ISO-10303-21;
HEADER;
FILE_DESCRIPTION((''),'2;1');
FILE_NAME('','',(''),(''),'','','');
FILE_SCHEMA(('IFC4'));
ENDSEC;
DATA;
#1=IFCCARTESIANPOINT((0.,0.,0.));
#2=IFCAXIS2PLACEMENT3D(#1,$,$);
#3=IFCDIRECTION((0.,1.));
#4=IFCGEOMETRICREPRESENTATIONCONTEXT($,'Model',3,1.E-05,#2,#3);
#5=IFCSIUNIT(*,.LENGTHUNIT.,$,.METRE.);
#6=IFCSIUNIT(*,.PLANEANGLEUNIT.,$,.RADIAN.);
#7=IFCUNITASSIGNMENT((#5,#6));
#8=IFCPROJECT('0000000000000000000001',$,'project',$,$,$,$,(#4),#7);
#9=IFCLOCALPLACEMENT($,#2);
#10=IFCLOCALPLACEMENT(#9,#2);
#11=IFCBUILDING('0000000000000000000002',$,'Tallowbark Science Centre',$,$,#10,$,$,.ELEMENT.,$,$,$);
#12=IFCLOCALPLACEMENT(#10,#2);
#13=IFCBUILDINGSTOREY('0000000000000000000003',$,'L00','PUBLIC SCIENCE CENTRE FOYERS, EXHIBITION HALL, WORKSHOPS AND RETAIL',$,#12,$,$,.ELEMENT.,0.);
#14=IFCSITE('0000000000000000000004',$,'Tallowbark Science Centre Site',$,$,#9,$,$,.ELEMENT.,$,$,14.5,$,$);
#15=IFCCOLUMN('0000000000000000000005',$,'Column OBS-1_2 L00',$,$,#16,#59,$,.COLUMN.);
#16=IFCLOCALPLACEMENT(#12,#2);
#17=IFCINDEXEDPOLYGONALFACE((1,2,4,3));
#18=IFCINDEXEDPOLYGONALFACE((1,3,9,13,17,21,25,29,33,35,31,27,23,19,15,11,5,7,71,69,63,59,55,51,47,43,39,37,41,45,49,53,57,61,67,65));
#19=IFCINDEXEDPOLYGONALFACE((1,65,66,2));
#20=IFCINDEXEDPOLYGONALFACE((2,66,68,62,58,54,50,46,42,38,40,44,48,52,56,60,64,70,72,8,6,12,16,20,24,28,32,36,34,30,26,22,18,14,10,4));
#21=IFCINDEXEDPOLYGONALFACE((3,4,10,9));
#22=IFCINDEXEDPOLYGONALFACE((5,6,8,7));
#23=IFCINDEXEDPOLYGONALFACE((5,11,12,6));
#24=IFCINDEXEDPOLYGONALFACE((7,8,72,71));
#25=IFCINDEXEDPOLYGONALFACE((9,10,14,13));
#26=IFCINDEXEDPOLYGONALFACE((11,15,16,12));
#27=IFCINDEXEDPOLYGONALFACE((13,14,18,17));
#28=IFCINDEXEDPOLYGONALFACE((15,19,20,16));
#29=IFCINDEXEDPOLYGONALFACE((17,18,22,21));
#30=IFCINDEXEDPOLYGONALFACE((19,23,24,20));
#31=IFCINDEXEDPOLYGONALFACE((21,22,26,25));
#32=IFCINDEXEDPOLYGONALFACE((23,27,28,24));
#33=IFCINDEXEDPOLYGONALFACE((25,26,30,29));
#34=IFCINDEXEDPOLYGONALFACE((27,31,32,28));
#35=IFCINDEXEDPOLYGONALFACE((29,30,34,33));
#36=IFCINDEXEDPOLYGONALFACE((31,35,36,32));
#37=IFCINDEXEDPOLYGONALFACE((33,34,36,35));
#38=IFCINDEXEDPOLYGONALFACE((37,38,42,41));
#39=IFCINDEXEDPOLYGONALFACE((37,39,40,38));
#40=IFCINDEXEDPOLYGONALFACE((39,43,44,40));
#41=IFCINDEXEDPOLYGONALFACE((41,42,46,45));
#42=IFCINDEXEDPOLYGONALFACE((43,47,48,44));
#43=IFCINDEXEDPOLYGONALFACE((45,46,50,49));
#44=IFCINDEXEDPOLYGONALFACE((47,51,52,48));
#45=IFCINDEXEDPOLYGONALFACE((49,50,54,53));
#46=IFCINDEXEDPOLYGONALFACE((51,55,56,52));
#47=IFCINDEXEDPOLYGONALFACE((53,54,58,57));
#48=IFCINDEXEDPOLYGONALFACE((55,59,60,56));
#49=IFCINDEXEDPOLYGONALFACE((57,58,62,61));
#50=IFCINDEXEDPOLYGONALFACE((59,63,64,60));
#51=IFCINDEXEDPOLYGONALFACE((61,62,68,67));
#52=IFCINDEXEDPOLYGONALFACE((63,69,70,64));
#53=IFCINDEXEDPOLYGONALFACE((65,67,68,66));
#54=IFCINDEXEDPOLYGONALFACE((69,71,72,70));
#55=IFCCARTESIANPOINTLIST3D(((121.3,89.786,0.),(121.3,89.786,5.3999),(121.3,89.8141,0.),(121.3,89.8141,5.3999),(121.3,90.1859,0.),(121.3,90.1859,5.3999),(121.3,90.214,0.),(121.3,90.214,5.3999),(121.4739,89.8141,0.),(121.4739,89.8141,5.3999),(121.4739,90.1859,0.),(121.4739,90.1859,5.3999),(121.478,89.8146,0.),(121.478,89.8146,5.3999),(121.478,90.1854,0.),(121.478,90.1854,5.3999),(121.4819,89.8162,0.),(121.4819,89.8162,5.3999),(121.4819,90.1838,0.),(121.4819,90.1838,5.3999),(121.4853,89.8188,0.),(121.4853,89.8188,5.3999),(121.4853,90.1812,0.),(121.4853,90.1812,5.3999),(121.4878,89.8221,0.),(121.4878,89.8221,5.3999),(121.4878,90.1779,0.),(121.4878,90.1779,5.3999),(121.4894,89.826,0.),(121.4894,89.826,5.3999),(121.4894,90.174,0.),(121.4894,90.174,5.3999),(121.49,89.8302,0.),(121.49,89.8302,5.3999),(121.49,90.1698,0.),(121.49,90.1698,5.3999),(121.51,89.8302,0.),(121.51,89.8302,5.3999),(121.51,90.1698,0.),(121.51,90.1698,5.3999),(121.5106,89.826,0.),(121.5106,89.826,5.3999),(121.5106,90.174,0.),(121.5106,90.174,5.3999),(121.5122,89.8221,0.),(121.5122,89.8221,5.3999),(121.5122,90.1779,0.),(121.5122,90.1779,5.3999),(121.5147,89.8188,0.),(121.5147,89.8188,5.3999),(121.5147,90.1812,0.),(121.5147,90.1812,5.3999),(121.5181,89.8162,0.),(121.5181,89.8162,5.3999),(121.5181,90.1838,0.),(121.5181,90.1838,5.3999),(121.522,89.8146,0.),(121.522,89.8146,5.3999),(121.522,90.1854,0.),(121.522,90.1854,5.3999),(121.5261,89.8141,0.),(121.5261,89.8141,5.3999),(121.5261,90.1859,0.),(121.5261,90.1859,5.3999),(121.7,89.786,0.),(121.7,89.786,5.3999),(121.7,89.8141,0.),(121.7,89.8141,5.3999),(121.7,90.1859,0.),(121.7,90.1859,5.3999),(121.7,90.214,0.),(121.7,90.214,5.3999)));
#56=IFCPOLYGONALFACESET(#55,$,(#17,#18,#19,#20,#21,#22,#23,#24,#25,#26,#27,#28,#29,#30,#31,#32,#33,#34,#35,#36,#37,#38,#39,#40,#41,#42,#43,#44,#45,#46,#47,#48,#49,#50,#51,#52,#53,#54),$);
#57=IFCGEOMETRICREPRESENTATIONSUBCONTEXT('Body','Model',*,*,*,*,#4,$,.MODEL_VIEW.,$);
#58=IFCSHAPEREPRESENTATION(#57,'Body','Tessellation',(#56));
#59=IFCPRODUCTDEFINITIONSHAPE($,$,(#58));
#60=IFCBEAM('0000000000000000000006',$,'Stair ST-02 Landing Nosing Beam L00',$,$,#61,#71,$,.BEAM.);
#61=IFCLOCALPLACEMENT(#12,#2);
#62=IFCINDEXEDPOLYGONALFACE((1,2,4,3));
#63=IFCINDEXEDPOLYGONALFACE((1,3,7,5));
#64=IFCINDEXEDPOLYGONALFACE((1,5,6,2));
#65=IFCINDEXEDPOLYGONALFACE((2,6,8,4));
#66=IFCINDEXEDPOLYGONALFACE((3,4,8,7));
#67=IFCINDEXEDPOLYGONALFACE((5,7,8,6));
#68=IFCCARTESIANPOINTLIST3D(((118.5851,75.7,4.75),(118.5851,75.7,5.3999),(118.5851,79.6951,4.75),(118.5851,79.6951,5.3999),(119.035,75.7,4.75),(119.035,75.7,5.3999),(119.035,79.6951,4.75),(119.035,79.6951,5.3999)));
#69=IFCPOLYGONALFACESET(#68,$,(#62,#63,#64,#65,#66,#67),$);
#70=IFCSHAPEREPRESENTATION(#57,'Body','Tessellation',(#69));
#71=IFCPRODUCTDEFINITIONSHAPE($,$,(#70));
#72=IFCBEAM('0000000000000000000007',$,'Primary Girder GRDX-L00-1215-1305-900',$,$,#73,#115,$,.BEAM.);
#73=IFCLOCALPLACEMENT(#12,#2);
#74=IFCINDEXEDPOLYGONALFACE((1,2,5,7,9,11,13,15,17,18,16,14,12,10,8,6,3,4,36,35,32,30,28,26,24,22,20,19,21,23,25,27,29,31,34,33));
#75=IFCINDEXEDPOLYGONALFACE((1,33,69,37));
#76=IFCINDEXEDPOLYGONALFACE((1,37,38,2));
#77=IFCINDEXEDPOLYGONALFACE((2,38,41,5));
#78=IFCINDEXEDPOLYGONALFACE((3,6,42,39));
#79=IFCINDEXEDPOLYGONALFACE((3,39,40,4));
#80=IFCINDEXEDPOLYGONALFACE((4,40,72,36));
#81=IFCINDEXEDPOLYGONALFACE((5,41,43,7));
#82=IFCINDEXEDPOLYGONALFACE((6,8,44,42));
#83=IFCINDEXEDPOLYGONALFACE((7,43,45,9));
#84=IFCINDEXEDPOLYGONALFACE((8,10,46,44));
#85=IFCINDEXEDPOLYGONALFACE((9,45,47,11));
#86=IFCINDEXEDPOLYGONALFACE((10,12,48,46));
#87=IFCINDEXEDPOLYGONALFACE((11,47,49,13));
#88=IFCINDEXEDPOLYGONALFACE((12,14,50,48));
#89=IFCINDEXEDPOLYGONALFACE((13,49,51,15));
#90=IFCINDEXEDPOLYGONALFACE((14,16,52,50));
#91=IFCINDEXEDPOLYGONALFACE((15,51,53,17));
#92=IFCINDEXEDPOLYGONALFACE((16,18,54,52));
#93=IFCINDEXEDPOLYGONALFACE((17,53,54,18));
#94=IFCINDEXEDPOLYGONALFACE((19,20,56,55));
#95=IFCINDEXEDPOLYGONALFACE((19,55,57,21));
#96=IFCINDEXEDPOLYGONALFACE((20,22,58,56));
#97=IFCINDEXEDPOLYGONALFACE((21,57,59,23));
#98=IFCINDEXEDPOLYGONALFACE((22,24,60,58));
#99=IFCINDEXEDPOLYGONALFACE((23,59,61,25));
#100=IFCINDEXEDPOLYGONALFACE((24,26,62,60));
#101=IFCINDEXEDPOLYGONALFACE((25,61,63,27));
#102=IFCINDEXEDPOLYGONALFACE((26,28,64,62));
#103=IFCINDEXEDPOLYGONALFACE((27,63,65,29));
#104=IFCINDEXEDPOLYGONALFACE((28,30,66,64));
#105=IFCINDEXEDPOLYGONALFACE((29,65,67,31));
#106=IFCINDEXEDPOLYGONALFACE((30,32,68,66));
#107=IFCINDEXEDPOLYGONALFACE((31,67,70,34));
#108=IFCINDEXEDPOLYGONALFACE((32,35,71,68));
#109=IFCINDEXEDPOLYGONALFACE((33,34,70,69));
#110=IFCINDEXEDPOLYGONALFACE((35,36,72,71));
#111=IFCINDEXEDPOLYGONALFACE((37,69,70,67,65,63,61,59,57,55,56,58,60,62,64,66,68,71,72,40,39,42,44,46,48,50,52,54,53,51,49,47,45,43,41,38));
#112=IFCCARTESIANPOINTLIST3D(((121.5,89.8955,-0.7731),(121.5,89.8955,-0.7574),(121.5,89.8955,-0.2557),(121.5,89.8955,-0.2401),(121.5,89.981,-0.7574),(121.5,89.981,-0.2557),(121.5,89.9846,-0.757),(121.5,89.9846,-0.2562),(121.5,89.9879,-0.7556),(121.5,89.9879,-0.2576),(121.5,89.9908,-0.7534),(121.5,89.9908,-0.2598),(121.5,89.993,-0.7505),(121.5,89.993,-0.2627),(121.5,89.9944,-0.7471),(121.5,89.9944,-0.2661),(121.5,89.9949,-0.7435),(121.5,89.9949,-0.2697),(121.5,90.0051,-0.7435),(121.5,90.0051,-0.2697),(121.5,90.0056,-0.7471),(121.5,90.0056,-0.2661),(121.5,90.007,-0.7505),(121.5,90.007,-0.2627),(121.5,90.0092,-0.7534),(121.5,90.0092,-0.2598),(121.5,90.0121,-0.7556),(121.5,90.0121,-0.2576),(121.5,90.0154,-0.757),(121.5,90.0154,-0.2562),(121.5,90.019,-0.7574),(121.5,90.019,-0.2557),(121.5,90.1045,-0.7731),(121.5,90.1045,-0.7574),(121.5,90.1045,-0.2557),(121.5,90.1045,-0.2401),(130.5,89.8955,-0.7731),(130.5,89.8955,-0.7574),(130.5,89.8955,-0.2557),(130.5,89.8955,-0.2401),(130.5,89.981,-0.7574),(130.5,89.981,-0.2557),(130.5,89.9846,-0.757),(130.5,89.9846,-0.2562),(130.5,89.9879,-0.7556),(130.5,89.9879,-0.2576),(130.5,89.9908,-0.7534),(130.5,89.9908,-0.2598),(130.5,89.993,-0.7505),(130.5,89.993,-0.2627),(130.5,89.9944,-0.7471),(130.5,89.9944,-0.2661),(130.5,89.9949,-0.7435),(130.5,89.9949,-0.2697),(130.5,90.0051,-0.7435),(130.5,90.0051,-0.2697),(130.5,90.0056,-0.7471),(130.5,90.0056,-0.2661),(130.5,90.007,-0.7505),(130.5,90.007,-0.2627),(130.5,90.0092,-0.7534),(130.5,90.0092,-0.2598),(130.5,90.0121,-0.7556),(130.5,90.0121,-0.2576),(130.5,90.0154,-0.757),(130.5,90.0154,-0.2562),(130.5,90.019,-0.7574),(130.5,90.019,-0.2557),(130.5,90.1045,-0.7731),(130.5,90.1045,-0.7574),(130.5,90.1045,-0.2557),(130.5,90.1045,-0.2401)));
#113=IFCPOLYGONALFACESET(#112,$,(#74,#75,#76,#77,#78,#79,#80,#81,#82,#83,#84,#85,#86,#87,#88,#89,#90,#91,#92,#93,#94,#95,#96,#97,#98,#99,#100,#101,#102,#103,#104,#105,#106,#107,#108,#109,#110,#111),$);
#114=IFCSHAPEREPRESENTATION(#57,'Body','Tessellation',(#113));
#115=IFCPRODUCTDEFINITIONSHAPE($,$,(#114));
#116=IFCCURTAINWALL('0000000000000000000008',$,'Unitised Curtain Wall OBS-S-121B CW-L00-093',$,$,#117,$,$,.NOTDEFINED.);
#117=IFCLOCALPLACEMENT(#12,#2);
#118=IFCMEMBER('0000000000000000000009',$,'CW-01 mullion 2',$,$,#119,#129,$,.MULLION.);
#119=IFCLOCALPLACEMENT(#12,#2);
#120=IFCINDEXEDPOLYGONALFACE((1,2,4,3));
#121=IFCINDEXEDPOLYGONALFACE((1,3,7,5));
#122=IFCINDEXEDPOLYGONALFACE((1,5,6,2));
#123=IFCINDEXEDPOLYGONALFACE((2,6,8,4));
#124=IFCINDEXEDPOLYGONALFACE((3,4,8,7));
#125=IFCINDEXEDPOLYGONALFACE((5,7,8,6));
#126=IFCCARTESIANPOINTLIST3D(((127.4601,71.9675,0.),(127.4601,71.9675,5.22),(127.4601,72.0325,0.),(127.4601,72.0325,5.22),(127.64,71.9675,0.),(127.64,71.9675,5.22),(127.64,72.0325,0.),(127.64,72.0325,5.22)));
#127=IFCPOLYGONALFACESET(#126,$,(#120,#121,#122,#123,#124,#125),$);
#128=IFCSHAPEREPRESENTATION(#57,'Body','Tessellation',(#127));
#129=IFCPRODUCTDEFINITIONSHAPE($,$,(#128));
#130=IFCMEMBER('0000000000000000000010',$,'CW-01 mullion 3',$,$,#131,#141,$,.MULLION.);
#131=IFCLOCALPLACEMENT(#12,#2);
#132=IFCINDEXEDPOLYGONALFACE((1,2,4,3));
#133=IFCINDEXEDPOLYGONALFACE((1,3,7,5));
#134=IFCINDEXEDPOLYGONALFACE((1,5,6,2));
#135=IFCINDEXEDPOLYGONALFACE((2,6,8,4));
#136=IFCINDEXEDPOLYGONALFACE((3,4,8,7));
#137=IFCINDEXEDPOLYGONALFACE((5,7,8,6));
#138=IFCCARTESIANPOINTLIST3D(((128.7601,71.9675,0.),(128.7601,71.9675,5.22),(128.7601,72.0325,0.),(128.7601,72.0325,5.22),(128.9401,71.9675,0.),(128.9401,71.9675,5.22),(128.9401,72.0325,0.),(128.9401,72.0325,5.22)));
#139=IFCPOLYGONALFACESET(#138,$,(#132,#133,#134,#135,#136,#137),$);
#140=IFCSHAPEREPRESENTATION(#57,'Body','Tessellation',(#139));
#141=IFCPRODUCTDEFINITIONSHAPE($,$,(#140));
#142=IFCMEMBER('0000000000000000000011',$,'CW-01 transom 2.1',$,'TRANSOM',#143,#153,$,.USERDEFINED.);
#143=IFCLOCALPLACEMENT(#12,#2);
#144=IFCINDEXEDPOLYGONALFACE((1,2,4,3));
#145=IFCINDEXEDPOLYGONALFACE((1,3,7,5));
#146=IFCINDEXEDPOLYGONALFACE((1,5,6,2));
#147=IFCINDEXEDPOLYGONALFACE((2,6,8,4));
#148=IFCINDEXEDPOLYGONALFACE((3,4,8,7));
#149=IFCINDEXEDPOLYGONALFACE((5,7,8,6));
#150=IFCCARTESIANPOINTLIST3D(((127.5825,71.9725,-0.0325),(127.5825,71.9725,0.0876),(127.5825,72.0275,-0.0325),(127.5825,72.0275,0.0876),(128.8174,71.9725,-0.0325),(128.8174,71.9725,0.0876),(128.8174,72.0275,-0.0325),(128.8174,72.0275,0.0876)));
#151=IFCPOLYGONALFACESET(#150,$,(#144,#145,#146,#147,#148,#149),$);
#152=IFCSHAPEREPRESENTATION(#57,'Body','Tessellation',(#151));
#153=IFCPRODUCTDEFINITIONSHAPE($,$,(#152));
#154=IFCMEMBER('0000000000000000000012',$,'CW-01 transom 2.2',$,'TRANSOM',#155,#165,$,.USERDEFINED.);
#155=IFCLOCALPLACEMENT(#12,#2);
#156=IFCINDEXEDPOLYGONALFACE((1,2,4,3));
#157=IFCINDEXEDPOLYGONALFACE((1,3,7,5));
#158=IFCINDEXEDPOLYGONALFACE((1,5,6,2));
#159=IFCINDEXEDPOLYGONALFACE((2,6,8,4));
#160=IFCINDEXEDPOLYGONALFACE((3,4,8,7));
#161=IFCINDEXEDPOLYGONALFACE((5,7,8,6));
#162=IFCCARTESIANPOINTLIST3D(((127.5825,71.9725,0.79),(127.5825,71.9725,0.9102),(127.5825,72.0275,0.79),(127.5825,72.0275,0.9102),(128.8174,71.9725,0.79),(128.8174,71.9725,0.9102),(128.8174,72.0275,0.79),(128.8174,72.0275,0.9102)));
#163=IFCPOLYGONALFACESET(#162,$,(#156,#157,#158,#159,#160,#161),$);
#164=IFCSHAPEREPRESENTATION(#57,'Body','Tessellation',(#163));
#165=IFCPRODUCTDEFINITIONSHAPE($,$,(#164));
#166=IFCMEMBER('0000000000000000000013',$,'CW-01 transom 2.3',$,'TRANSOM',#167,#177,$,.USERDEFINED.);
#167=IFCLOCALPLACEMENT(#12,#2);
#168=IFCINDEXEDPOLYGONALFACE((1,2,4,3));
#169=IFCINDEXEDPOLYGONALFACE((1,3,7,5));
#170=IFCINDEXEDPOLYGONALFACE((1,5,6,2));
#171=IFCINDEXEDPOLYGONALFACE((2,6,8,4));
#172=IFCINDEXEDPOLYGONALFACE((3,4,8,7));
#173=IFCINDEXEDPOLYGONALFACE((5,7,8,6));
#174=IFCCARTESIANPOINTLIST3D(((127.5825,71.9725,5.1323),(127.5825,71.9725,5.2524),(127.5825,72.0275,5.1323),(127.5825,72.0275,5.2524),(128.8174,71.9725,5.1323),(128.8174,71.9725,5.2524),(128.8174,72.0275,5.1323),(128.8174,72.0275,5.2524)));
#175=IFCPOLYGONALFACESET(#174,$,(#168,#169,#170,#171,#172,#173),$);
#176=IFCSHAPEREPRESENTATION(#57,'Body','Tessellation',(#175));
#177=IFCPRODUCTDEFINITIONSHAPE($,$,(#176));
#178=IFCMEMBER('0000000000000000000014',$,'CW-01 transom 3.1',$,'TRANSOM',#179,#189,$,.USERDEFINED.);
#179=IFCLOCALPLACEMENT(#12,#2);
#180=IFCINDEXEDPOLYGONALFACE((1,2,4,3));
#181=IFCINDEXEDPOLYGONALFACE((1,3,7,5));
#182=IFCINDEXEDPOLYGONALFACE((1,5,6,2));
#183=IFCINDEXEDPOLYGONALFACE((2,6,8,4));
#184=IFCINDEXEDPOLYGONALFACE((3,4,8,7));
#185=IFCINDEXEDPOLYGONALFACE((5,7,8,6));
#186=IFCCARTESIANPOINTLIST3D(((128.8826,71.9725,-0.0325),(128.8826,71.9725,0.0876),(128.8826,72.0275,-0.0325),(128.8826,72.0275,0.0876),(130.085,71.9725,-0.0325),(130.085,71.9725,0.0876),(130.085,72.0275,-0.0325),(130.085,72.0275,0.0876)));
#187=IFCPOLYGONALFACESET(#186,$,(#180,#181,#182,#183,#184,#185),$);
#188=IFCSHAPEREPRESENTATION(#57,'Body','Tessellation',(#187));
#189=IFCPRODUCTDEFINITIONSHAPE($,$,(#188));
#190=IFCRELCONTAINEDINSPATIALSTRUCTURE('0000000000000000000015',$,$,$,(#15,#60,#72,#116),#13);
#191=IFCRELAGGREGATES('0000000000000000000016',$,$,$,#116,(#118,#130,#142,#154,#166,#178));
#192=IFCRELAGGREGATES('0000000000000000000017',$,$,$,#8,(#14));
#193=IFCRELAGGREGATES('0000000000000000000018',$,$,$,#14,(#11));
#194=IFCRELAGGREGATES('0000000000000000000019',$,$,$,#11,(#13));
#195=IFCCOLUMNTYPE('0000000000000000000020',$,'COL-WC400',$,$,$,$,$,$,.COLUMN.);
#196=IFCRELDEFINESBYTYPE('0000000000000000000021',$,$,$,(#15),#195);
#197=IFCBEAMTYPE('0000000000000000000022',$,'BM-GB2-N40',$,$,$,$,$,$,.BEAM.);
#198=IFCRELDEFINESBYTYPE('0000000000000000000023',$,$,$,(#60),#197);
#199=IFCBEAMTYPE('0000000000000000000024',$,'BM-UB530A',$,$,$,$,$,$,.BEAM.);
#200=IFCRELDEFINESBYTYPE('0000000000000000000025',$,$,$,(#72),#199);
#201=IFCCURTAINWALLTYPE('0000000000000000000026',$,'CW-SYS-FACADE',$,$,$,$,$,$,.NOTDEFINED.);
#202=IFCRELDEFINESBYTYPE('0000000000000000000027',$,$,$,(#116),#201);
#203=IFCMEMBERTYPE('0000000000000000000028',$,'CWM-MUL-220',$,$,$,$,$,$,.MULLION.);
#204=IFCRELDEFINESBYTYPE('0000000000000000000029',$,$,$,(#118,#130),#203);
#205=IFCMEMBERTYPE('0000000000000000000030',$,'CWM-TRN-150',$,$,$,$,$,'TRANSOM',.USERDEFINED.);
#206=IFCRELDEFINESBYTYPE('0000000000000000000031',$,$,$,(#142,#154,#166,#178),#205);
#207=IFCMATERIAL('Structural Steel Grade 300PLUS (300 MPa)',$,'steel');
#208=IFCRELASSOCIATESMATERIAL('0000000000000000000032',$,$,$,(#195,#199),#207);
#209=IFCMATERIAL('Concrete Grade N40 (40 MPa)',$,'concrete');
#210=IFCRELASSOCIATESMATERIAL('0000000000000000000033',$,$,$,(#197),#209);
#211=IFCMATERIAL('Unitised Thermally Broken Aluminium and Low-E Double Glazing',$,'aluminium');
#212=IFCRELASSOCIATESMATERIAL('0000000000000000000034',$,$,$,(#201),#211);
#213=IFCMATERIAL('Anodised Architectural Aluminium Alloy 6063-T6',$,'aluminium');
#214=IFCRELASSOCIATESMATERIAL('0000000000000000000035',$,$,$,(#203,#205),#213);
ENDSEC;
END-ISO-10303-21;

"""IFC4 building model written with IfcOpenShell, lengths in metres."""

from ifc_helpers import new_model, si_unit, direction, frame, origin, origin_2d, place, context, subcontext, project, spatial, rectangle, i_section, extrude, material, material_profile, profile_set, type_object, element, aggregate, save


model = new_model("IFC4")

# Units and contexts
model_context = context("Model", 3, precision=1e-05, world=origin(), true_north=direction((0.0, 1.0)))
body_context = subcontext(model_context, "Body", "Model", "MODEL_VIEW")
ifc_project = project(units=[si_unit("LENGTHUNIT", "METRE"), si_unit("PLANEANGLEUNIT", "RADIAN")], contexts=[model_context])

# Site, building, storey
site_placement = place(None, origin())
site = spatial("IfcSite", under=ifc_project, at=site_placement, Name="Tallowbark Science Centre Site", CompositionType="ELEMENT", RefElevation=14.5)
building_placement = place(site_placement, origin())
building = spatial("IfcBuilding", under=site, at=building_placement, Name="Tallowbark Science Centre", CompositionType="ELEMENT")
storey_placement = place(building_placement, origin())
storey = spatial("IfcBuildingStorey", under=building, at=storey_placement, Name="L00", Description="PUBLIC SCIENCE CENTRE FOYERS, EXHIBITION HALL, WORKSHOPS AND RETAIL", CompositionType="ELEMENT", Elevation=0.0)

# Column
ifc_material_1 = material(Name="Structural Steel Grade 300PLUS (300 MPa)", Category="steel")
ifc_material_profile_1 = material_profile(ifc_material_1, i_section(OverallWidth=0.3999, OverallDepth=0.428, WebThickness=0.02, FlangeThickness=0.0281, FilletRadius=0.0161, at=origin_2d()), Name="400WC270")
ifc_profile_set_1 = profile_set([ifc_material_profile_1], Name="Structural Steel Grade 300PLUS (300 MPa)")
column_type = type_object("IfcColumnType", Name="COL-WC400", PredefinedType="COLUMN", material=ifc_profile_set_1)
column_placement = place(storey_placement, frame((121.5, 90.0, 0.0), z_axis=(0.0, 0.0, 1.0), x_axis=(1.0, 0.0, 0.0)))
element("IfcColumn", 1, at=column_placement, inside=storey, type_object=column_type, Name="Column OBS-1_2 L00", PredefinedType="COLUMN", context=body_context, shape_type="SweptSolid", body=[
    extrude(i_section(OverallWidth=0.3999, OverallDepth=0.428, WebThickness=0.02, FlangeThickness=0.0281, FilletRadius=0.0161, at=origin_2d()), origin(), (0.0, 0.0, 1.0), 5.3999),
])

# Beams
ifc_material_2 = material(Name="Concrete Grade N40 (40 MPa)", Category="concrete")
ifc_material_profile_2 = material_profile(ifc_material_2, rectangle(XDim=0.45, YDim=0.6499, at=origin_2d()), Name="RC450x650")
ifc_profile_set_2 = profile_set([ifc_material_profile_2], Name="Concrete Grade N40 (40 MPa)")
beam_type_1 = type_object("IfcBeamType", Name="BM-GB2-N40", PredefinedType="BEAM", material=ifc_profile_set_2)
beam_1_placement = place(storey_placement, frame((118.8101, 75.7, 5.075), z_axis=(0.0, 1.0, 0.0), x_axis=(-1.0, 0.0, 0.0)))
element("IfcBeam", 2, at=beam_1_placement, inside=storey, type_object=beam_type_1, Name="Stair ST-02 Landing Nosing Beam L00", PredefinedType="BEAM", context=body_context, shape_type="SweptSolid", body=[
    extrude(rectangle(XDim=0.45, YDim=0.6499, at=origin_2d()), origin(), (0.0, 0.0, 1.0), 3.9951),
])
ifc_material_profile_3 = material_profile(ifc_material_1, i_section(OverallWidth=0.209, OverallDepth=0.533, WebThickness=0.0103, FlangeThickness=0.0156, FilletRadius=0.0139, at=origin_2d()), Name="530UB92.4")
ifc_profile_set_3 = profile_set([ifc_material_profile_3], Name="Structural Steel Grade 300PLUS (300 MPa)")
beam_type_2 = type_object("IfcBeamType", Name="BM-UB530A", PredefinedType="BEAM", material=ifc_profile_set_3)
beam_2_placement = place(storey_placement, frame((121.5, 90.0, -0.5066), z_axis=(1.0, 0.0, 0.0), x_axis=(0.0, 1.0, 0.0)))
element("IfcBeam", 3, at=beam_2_placement, inside=storey, type_object=beam_type_2, Name="Primary Girder GRDX-L00-1215-1305-900", PredefinedType="BEAM", context=body_context, shape_type="SweptSolid", body=[
    extrude(i_section(OverallWidth=0.209, OverallDepth=0.533, WebThickness=0.0103, FlangeThickness=0.0156, FilletRadius=0.0139, at=origin_2d()), origin(), (0.0, 0.0, 1.0), 9.0),
])

# Curtain wall, members
ifc_material_3 = material(Name="Unitised Thermally Broken Aluminium and Low-E Double Glazing", Category="aluminium")
curtain_wall_type = type_object("IfcCurtainWallType", Name="CW-SYS-FACADE", PredefinedType="NOTDEFINED", material=ifc_material_3)
curtain_wall_placement = place(storey_placement, origin())
curtain_wall = element("IfcCurtainWall", 4, at=curtain_wall_placement, inside=storey, type_object=curtain_wall_type, Name="Unitised Curtain Wall OBS-S-121B CW-L00-093", PredefinedType="NOTDEFINED")
ifc_material_4 = material(Name="Anodised Architectural Aluminium Alloy 6063-T6", Category="aluminium")
ifc_material_profile_4 = material_profile(ifc_material_4, rectangle(XDim=0.0649, YDim=0.1799, at=origin_2d()), Name="ALU65x180")
ifc_profile_set_4 = profile_set([ifc_material_profile_4], Name="Anodised Architectural Aluminium Alloy 6063-T6")
member_type_1 = type_object("IfcMemberType", Name="CWM-MUL-220", PredefinedType="MULLION", material=ifc_profile_set_4)
member_1_placement = place(storey_placement, frame((127.55, 72.0, 0.0), z_axis=(0.0, 0.0, 1.0), x_axis=(0.0, 1.0, 0.0)))
member_1 = element("IfcMember", 5, at=member_1_placement, type_object=member_type_1, Name="CW-01 mullion 2", PredefinedType="MULLION", context=body_context, shape_type="SweptSolid", body=[
    extrude(rectangle(XDim=0.0649, YDim=0.1799, at=origin_2d()), origin(), (0.0, 0.0, 1.0), 5.22),
])
member_2_placement = place(storey_placement, frame((128.8501, 72.0, 0.0), z_axis=(0.0, 0.0, 1.0), x_axis=(0.0, 1.0, 0.0)))
member_2 = element("IfcMember", 6, at=member_2_placement, type_object=member_type_1, Name="CW-01 mullion 3", PredefinedType="MULLION", context=body_context, shape_type="SweptSolid", body=[
    extrude(rectangle(XDim=0.0649, YDim=0.1799, at=origin_2d()), origin(), (0.0, 0.0, 1.0), 5.22),
])
ifc_material_profile_5 = material_profile(ifc_material_4, rectangle(XDim=0.0549, YDim=0.1201, at=origin_2d()), Name="ALU55x120")
ifc_profile_set_5 = profile_set([ifc_material_profile_5], Name="Anodised Architectural Aluminium Alloy 6063-T6")
member_type_2 = type_object("IfcMemberType", Name="CWM-TRN-150", ElementType="TRANSOM", PredefinedType="USERDEFINED", material=ifc_profile_set_5)
member_3_placement = place(storey_placement, frame((127.5825, 72.0, 0.0276), z_axis=(1.0, 0.0, 0.0), x_axis=(0.0, 1.0, 0.0)))
member_3 = element("IfcMember", 7, at=member_3_placement, type_object=member_type_2, Name="CW-01 transom 2.1", ObjectType="TRANSOM", PredefinedType="USERDEFINED", context=body_context, shape_type="SweptSolid", body=[
    extrude(rectangle(XDim=0.0549, YDim=0.1201, at=origin_2d()), origin(), (0.0, 0.0, 1.0), 1.2349),
])
member_4_placement = place(storey_placement, frame((127.5825, 72.0, 0.8501), z_axis=(1.0, 0.0, 0.0), x_axis=(0.0, 1.0, 0.0)))
member_4 = element("IfcMember", 8, at=member_4_placement, type_object=member_type_2, Name="CW-01 transom 2.2", ObjectType="TRANSOM", PredefinedType="USERDEFINED", context=body_context, shape_type="SweptSolid", body=[
    extrude(rectangle(XDim=0.0549, YDim=0.1201, at=origin_2d()), origin(), (0.0, 0.0, 1.0), 1.2349),
])
member_5_placement = place(storey_placement, frame((127.5825, 72.0, 5.1924), z_axis=(1.0, 0.0, 0.0), x_axis=(0.0, 1.0, 0.0)))
member_5 = element("IfcMember", 9, at=member_5_placement, type_object=member_type_2, Name="CW-01 transom 2.3", ObjectType="TRANSOM", PredefinedType="USERDEFINED", context=body_context, shape_type="SweptSolid", body=[
    extrude(rectangle(XDim=0.0549, YDim=0.1201, at=origin_2d()), origin(), (0.0, 0.0, 1.0), 1.2349),
])
member_6_placement = place(storey_placement, frame((128.8826, 72.0, 0.0276), z_axis=(1.0, 0.0, 0.0), x_axis=(0.0, 1.0, 0.0)))
member_6 = element("IfcMember", 10, at=member_6_placement, type_object=member_type_2, Name="CW-01 transom 3.1", ObjectType="TRANSOM", PredefinedType="USERDEFINED", context=body_context, shape_type="SweptSolid", body=[
    extrude(rectangle(XDim=0.0549, YDim=0.1201, at=origin_2d()), origin(), (0.0, 0.0, 1.0), 1.2024),
])

aggregate(curtain_wall, [member_1, member_2, member_3, member_4, member_5, member_6])

save(model, "model.ifc")
